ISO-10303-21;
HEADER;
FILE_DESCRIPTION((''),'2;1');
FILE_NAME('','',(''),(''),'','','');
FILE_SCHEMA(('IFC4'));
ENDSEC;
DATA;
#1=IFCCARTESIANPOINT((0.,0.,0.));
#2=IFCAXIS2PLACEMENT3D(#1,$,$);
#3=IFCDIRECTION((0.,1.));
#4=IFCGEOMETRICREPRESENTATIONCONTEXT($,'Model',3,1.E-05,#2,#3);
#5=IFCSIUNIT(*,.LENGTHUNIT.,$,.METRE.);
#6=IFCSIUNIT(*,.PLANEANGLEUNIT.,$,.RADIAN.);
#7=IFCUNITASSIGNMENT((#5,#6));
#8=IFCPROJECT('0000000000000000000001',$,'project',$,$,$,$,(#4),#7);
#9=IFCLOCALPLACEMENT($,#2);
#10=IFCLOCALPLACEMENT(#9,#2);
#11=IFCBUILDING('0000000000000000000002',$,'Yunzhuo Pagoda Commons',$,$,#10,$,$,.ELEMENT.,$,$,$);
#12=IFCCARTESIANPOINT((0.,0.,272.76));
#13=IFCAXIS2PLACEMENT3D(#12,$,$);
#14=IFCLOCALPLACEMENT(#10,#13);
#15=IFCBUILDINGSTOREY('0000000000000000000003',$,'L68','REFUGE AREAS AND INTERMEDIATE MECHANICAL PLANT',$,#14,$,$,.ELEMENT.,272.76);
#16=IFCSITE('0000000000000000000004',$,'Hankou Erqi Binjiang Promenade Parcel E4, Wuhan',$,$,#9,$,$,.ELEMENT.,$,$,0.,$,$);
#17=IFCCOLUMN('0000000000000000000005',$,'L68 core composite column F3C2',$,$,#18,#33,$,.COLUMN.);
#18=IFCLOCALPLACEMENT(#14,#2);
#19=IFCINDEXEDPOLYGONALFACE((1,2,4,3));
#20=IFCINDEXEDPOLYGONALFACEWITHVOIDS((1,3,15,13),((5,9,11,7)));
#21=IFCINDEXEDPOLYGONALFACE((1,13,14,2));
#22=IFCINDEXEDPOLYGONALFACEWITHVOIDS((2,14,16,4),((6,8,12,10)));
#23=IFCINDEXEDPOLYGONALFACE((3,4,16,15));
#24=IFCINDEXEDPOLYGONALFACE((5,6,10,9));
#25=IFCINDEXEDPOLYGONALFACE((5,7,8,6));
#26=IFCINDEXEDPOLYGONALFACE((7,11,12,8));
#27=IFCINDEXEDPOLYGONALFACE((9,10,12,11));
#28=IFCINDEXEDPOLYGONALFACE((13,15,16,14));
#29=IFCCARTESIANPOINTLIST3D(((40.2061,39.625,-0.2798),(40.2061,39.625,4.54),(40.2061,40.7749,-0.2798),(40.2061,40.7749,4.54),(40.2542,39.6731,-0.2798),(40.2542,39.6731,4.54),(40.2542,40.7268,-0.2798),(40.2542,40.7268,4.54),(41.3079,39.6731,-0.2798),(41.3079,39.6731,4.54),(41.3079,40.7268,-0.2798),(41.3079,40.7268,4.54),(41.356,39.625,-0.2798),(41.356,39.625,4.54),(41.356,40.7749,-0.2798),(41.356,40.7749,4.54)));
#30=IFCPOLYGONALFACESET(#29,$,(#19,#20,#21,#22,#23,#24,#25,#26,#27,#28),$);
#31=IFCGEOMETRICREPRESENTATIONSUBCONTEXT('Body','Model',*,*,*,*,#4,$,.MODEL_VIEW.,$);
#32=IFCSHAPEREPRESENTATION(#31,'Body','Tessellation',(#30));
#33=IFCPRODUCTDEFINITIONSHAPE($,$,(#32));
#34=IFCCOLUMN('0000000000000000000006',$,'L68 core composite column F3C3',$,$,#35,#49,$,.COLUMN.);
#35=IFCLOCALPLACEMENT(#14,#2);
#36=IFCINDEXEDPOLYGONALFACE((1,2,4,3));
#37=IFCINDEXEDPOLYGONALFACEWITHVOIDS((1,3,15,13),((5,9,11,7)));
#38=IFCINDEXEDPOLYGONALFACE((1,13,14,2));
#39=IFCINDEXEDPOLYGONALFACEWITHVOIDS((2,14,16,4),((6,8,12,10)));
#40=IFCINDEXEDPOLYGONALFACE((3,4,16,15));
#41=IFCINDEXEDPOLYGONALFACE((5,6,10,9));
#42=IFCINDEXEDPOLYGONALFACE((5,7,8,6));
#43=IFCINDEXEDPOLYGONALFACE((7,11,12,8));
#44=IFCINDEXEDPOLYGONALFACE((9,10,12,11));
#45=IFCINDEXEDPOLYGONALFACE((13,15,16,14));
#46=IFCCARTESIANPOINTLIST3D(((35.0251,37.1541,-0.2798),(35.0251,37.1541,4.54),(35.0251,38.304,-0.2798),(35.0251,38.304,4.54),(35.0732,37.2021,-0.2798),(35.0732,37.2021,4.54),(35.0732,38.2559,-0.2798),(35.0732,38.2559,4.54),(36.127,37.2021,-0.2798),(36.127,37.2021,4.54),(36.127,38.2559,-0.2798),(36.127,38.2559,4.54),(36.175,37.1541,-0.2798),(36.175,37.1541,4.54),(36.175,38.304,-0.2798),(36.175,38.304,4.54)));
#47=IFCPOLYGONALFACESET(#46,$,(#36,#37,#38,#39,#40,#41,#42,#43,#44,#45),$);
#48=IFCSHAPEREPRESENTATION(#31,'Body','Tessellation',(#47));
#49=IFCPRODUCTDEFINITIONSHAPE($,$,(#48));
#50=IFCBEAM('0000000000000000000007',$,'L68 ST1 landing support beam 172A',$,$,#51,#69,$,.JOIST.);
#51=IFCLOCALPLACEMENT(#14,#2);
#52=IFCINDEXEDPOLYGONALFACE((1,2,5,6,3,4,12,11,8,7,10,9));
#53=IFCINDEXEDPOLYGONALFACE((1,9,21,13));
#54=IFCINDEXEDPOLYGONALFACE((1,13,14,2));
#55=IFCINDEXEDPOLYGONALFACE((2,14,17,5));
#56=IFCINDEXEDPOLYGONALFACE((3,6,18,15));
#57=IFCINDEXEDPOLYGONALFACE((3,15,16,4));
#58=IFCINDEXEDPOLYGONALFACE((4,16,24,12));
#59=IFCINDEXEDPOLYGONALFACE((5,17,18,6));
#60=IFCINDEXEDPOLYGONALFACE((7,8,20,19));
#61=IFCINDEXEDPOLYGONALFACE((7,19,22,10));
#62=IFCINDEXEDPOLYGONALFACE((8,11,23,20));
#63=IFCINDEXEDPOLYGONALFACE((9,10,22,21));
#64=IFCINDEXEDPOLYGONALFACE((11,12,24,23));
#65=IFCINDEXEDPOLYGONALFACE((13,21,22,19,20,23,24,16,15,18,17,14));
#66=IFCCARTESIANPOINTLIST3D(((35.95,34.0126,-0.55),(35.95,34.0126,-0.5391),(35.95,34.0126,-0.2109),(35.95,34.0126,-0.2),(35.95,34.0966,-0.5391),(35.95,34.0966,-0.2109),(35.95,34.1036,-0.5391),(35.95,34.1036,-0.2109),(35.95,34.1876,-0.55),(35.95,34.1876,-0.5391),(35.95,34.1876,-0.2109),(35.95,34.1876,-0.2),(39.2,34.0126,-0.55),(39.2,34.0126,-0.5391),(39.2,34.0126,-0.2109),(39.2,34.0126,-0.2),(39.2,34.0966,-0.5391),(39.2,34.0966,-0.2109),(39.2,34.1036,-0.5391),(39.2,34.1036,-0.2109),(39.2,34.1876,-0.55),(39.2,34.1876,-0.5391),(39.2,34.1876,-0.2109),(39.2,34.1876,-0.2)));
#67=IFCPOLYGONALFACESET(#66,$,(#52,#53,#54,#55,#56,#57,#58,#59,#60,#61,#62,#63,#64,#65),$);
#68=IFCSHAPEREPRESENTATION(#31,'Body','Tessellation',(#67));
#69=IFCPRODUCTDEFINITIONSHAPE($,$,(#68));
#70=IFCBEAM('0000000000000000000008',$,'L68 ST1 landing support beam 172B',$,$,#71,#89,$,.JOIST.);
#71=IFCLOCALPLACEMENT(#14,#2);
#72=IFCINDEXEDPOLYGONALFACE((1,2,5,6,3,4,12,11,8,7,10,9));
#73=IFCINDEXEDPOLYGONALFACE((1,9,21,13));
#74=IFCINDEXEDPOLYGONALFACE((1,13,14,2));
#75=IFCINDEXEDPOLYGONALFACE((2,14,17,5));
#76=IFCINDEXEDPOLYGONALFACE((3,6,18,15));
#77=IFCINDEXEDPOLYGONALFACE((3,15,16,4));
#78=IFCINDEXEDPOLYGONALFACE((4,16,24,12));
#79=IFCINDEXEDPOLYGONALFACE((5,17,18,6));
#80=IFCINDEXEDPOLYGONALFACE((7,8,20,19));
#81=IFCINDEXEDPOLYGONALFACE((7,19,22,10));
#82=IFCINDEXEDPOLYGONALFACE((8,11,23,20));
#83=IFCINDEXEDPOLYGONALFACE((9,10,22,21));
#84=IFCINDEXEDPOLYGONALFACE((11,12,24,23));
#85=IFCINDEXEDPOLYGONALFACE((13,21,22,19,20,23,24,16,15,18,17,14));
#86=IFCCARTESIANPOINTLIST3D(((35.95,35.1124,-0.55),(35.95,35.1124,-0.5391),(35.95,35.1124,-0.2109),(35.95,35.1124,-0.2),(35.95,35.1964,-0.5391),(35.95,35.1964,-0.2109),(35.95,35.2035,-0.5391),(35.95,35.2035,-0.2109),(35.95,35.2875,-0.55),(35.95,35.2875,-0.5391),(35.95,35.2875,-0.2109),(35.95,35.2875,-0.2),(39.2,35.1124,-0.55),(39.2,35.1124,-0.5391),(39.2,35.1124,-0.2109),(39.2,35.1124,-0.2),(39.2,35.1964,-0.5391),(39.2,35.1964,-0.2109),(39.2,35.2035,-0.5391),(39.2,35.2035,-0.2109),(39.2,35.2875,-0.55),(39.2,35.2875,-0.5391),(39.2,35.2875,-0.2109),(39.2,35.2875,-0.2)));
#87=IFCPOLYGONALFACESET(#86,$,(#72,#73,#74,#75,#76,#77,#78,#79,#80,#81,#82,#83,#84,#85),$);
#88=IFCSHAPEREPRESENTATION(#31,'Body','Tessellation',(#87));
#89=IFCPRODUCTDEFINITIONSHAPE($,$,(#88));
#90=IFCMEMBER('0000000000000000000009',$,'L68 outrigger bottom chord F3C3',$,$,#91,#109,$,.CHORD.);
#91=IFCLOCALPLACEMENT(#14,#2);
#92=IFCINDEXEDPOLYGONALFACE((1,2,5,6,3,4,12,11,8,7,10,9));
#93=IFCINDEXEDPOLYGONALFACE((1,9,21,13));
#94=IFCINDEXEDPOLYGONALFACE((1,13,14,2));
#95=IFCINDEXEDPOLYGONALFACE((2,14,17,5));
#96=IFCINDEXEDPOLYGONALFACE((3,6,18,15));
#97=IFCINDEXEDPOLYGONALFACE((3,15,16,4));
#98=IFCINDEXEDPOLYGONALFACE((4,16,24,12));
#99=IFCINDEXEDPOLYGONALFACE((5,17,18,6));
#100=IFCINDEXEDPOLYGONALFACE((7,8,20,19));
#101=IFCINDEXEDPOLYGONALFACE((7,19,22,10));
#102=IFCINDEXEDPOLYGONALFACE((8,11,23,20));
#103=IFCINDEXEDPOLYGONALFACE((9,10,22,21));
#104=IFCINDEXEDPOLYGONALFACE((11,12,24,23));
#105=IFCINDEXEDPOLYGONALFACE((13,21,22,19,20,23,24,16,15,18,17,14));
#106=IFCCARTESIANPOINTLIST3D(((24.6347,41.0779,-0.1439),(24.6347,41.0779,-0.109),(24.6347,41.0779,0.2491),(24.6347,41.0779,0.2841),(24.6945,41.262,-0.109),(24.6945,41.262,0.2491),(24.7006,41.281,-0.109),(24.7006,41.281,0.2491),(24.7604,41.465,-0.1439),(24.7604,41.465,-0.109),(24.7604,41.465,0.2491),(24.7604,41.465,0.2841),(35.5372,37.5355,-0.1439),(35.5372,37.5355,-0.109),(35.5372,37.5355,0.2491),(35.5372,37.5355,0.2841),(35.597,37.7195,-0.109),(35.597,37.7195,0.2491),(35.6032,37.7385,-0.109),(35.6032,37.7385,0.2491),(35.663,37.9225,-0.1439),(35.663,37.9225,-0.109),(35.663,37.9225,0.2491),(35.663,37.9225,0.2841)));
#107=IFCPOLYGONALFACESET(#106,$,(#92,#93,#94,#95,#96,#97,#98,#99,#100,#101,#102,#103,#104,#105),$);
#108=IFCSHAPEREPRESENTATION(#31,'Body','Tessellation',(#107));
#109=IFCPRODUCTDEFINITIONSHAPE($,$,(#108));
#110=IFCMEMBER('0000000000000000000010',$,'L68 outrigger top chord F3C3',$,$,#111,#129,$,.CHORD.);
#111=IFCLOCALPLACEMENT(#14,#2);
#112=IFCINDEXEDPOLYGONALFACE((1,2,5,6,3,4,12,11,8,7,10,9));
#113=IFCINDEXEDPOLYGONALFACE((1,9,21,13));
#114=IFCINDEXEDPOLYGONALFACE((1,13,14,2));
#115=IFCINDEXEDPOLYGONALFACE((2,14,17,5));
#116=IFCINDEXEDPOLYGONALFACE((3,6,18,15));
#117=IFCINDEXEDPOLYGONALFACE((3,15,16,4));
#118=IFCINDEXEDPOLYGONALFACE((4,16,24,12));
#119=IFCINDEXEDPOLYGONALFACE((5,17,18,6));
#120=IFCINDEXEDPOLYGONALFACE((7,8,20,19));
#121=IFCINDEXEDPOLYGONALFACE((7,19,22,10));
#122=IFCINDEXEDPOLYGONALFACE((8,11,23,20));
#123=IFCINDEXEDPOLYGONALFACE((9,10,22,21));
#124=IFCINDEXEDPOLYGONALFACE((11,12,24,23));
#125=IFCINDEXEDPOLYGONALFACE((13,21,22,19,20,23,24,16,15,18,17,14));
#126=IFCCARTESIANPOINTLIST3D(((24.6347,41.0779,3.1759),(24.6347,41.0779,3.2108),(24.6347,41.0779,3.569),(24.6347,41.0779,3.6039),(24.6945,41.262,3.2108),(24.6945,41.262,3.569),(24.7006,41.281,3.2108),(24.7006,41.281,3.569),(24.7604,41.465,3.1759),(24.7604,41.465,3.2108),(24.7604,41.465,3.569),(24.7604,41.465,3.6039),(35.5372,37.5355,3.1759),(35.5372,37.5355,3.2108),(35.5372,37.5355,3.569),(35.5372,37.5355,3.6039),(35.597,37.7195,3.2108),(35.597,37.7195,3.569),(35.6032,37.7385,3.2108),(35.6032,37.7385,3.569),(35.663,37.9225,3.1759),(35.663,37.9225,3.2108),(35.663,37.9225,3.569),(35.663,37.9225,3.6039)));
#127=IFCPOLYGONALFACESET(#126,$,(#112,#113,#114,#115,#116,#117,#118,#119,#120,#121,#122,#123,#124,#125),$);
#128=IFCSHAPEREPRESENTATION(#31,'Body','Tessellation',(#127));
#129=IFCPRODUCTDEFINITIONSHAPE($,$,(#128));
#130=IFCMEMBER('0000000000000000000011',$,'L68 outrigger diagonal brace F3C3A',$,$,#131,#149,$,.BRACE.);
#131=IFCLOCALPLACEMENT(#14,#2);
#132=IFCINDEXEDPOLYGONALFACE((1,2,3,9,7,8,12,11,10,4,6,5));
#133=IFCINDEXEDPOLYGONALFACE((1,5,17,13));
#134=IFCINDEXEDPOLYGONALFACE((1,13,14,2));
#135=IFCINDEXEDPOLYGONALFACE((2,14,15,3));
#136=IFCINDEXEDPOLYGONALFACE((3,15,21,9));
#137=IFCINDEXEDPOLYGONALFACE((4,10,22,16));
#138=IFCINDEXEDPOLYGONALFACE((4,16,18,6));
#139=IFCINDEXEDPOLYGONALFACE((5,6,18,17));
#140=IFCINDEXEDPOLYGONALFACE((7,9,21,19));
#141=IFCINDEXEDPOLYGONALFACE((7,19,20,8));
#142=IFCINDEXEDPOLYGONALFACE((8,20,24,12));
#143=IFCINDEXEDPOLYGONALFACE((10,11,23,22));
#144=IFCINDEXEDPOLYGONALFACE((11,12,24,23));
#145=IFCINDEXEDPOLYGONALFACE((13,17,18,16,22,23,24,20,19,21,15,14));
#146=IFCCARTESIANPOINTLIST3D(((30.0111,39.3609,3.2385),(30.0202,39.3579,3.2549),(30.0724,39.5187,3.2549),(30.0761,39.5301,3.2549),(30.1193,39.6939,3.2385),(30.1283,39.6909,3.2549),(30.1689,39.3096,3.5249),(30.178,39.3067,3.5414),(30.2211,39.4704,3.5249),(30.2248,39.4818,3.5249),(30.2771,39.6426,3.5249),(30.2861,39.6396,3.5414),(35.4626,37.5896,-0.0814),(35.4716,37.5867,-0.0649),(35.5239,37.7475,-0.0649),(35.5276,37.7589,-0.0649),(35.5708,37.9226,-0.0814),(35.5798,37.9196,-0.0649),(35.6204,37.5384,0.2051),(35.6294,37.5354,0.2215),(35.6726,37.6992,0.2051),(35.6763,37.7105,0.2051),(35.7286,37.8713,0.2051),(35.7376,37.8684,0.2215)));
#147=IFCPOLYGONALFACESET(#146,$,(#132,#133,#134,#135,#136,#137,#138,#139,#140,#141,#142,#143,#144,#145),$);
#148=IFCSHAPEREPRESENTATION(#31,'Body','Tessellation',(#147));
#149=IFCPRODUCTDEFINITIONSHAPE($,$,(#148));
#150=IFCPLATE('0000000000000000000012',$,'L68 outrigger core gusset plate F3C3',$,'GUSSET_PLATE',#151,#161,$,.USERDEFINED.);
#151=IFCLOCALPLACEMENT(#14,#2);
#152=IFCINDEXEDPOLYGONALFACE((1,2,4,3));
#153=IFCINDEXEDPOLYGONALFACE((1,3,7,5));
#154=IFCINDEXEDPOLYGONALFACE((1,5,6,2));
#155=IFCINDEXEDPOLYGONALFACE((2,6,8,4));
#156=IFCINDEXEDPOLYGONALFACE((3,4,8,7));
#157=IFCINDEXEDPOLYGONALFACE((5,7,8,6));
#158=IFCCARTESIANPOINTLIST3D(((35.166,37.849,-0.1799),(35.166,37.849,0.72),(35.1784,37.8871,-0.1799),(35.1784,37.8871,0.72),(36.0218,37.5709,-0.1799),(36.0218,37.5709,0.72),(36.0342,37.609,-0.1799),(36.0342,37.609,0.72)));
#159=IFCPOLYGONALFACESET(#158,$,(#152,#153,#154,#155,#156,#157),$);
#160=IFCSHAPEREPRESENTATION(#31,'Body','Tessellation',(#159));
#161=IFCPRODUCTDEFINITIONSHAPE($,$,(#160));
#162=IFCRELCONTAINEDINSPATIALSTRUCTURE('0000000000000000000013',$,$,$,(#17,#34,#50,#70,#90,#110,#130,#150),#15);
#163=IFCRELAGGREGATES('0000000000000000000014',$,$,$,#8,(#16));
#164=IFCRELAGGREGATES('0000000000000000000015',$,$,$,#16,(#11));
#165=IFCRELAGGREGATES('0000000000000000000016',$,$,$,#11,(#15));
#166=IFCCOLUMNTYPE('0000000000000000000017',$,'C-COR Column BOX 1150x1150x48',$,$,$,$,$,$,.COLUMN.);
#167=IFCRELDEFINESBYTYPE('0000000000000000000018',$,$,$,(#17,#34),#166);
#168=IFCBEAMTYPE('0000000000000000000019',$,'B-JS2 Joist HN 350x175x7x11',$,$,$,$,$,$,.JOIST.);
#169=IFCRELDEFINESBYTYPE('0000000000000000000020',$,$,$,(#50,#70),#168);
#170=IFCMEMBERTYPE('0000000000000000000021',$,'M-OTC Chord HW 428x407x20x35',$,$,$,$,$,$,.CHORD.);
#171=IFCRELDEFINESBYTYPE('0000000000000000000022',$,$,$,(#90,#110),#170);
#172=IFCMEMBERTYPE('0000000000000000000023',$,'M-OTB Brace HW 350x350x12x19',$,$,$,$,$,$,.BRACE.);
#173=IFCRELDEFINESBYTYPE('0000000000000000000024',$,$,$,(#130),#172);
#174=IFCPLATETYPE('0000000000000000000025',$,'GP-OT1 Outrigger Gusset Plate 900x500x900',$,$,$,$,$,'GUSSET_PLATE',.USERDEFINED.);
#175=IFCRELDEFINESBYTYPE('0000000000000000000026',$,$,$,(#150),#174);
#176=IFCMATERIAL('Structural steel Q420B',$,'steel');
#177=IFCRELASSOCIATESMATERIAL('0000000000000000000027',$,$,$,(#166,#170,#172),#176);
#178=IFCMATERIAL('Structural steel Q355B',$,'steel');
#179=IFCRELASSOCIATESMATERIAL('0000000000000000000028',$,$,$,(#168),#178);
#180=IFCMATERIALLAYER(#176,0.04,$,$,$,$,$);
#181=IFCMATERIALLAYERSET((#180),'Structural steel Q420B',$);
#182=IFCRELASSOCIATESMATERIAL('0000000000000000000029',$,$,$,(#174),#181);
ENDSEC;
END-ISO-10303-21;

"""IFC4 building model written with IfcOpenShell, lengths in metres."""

from ifc_helpers import new_model, si_unit, direction, frame, origin, origin_2d, place, context, subcontext, project, spatial, rectangle, hollow_rectangle, i_section, extrude, source, transform, mapped, material, layer, layer_set, material_profile, profile_set, type_object, element, save


model = new_model("IFC4")

# Units and contexts
model_context = context("Model", 3, precision=1e-05, world=origin(), true_north=direction((0.0, 1.0)))
body_context = subcontext(model_context, "Body", "Model", "MODEL_VIEW")
ifc_project = project(units=[si_unit("LENGTHUNIT", "METRE"), si_unit("PLANEANGLEUNIT", "RADIAN")], contexts=[model_context])

# Site, building, storey
site_placement = place(None, origin())
site = spatial("IfcSite", under=ifc_project, at=site_placement, Name="Hankou Erqi Binjiang Promenade Parcel E4, Wuhan", CompositionType="ELEMENT", RefElevation=0.0)
building_placement = place(site_placement, origin())
building = spatial("IfcBuilding", under=site, at=building_placement, Name="Yunzhuo Pagoda Commons", CompositionType="ELEMENT")
storey_placement = place(building_placement, frame((0.0, 0.0, 272.76)))
storey = spatial("IfcBuildingStorey", under=building, at=storey_placement, Name="L68", Description="REFUGE AREAS AND INTERMEDIATE MECHANICAL PLANT", CompositionType="ELEMENT", Elevation=272.76)

# Columns
ifc_material_1 = material(Name="Structural steel Q420B", Category="steel")
ifc_material_profile_1 = material_profile(ifc_material_1, hollow_rectangle(XDim=1.1499, YDim=1.1499, WallThickness=0.0481, at=origin_2d()), Name="Structural steel Q420B")
ifc_profile_set_1 = profile_set([ifc_material_profile_1], Name="Structural steel Q420B")
column_type = type_object("IfcColumnType", Name="C-COR Column BOX 1150x1150x48", PredefinedType="COLUMN", material=ifc_profile_set_1)
shared_shape_1 = source(origin(), body_context, "Body", "SweptSolid", [
    extrude(hollow_rectangle(XDim=1.1499, YDim=1.1499, WallThickness=0.0481, at=origin_2d()), origin(), (0.0, 0.0, 1.0), 4.8198),
])
for number, where, z_axis, x_axis, name in (
    (1, (40.781, 40.2, -0.2798), (0.0, 0.0, 1.0), (1.0, 0.0, 0.0), "L68 core composite column F3C2"),
    (2, (35.6001, 37.729, -0.2798), (0.0, 0.0, 1.0), (1.0, 0.0, 0.0), "L68 core composite column F3C3"),
):
    element("IfcColumn", number, at=place(storey_placement, frame(where, z_axis=z_axis, x_axis=x_axis)), inside=storey, type_object=column_type, Name=name, PredefinedType="COLUMN", context=body_context, shape_type="MappedRepresentation", body=[
        mapped(shared_shape_1, transform((0.0, 0.0, 0.0), scale=1.0)),
    ])

# Beams
ifc_material_2 = material(Name="Structural steel Q355B", Category="steel")
ifc_material_profile_2 = material_profile(ifc_material_2, i_section(OverallWidth=0.175, OverallDepth=0.3501, WebThickness=0.0071, FlangeThickness=0.011, at=origin_2d()), Name="Structural steel Q355B")
ifc_profile_set_2 = profile_set([ifc_material_profile_2], Name="Structural steel Q355B")
beam_type = type_object("IfcBeamType", Name="B-JS2 Joist HN 350x175x7x11", PredefinedType="JOIST", material=ifc_profile_set_2)
shared_shape_2 = source(origin(), body_context, "Body", "SweptSolid", [
    extrude(i_section(OverallWidth=0.175, OverallDepth=0.3501, WebThickness=0.0071, FlangeThickness=0.011, at=origin_2d()), origin(), (0.0, 0.0, 1.0), 3.25),
])
for number, where, z_axis, x_axis, name in (
    (3, (35.95, 34.1001, -0.375), (1.0, 0.0, 0.0), (0.0, 1.0, 0.0), "L68 ST1 landing support beam 172A"),
    (4, (35.95, 35.2, -0.375), (1.0, 0.0, 0.0), (0.0, 1.0, 0.0), "L68 ST1 landing support beam 172B"),
):
    element("IfcBeam", number, at=place(storey_placement, frame(where, z_axis=z_axis, x_axis=x_axis)), inside=storey, type_object=beam_type, Name=name, PredefinedType="JOIST", context=body_context, shape_type="MappedRepresentation", body=[
        mapped(shared_shape_2, transform((0.0, 0.0, 0.0), scale=1.0)),
    ])

# Members
ifc_material_profile_3 = material_profile(ifc_material_1, i_section(OverallWidth=0.407, OverallDepth=0.428, WebThickness=0.02, FlangeThickness=0.0349, at=origin_2d()), Name="Structural steel Q420B")
ifc_profile_set_3 = profile_set([ifc_material_profile_3], Name="Structural steel Q420B")
member_type_1 = type_object("IfcMemberType", Name="M-OTC Chord HW 428x407x20x35", PredefinedType="CHORD", material=ifc_profile_set_3)
shared_shape_3 = source(origin(), body_context, "Body", "SweptSolid", [
    extrude(i_section(OverallWidth=0.407, OverallDepth=0.428, WebThickness=0.02, FlangeThickness=0.0349, at=origin_2d()), origin(), (0.0, 0.0, 1.0), 11.4636),
])
for number, where, z_axis, x_axis, name in (
    (5, (35.6001, 37.729, 0.0701), (-0.951056, 0.309018, 0.0), (-0.309018, -0.951056, 0.0), "L68 outrigger bottom chord F3C3"),
    (6, (35.6001, 37.729, 3.3899), (-0.951056, 0.309018, 0.0), (-0.309018, -0.951056, 0.0), "L68 outrigger top chord F3C3"),
):
    element("IfcMember", number, at=place(storey_placement, frame(where, z_axis=z_axis, x_axis=x_axis)), inside=storey, type_object=member_type_1, Name=name, PredefinedType="CHORD", context=body_context, shape_type="MappedRepresentation", body=[
        mapped(shared_shape_3, transform((0.0, 0.0, 0.0), scale=1.0)),
    ])
ifc_material_profile_4 = material_profile(ifc_material_1, i_section(OverallWidth=0.3501, OverallDepth=0.3501, WebThickness=0.012, FlangeThickness=0.019, at=origin_2d()), Name="Structural steel Q420B")
ifc_profile_set_4 = profile_set([ifc_material_profile_4], Name="Structural steel Q420B")
member_type_2 = type_object("IfcMemberType", Name="M-OTB Brace HW 350x350x12x19", PredefinedType="BRACE", material=ifc_profile_set_4)
shared_shape_4 = source(origin(), body_context, "Body", "SweptSolid", [
    extrude(i_section(OverallWidth=0.3501, OverallDepth=0.3501, WebThickness=0.012, FlangeThickness=0.019, at=origin_2d()), origin(), (0.0, 0.0, 1.0), 6.624),
])
member_placement = place(storey_placement, frame((35.6001, 37.729, 0.0701), z_axis=(-0.822988, 0.2674, 0.501186), x_axis=(-0.309012, -0.951058, 0.0)))
element("IfcMember", 7, at=member_placement, inside=storey, type_object=member_type_2, Name="L68 outrigger diagonal brace F3C3A", PredefinedType="BRACE", context=body_context, shape_type="MappedRepresentation", body=[
    mapped(shared_shape_4, transform((0.0, 0.0, 0.0), scale=1.0)),
])

# Plate
ifc_layer_1 = layer(ifc_material_1, 0.04)
ifc_layer_set_1 = layer_set([ifc_layer_1], Name="Structural steel Q420B")
plate_type = type_object("IfcPlateType", Name="GP-OT1 Outrigger Gusset Plate 900x500x900", ElementType="GUSSET_PLATE", PredefinedType="USERDEFINED", material=ifc_layer_set_1)
shared_shape_5 = source(origin(), body_context, "Body", "SweptSolid", [
    extrude(rectangle(XDim=0.8999, YDim=0.04, at=origin_2d()), origin(), (0.0, 0.0, 1.0), 0.8999),
])
plate_placement = place(storey_placement, frame((35.6001, 37.729, -0.1799), z_axis=(0.0, 0.0, 1.0), x_axis=(-0.951057, 0.309017, 0.0)))
element("IfcPlate", 8, at=plate_placement, inside=storey, type_object=plate_type, Name="L68 outrigger core gusset plate F3C3", ObjectType="GUSSET_PLATE", PredefinedType="USERDEFINED", context=body_context, shape_type="MappedRepresentation", body=[
    mapped(shared_shape_5, transform((0.0, 0.0, 0.0), scale=1.0)),
])

save(model, "model.ifc")
